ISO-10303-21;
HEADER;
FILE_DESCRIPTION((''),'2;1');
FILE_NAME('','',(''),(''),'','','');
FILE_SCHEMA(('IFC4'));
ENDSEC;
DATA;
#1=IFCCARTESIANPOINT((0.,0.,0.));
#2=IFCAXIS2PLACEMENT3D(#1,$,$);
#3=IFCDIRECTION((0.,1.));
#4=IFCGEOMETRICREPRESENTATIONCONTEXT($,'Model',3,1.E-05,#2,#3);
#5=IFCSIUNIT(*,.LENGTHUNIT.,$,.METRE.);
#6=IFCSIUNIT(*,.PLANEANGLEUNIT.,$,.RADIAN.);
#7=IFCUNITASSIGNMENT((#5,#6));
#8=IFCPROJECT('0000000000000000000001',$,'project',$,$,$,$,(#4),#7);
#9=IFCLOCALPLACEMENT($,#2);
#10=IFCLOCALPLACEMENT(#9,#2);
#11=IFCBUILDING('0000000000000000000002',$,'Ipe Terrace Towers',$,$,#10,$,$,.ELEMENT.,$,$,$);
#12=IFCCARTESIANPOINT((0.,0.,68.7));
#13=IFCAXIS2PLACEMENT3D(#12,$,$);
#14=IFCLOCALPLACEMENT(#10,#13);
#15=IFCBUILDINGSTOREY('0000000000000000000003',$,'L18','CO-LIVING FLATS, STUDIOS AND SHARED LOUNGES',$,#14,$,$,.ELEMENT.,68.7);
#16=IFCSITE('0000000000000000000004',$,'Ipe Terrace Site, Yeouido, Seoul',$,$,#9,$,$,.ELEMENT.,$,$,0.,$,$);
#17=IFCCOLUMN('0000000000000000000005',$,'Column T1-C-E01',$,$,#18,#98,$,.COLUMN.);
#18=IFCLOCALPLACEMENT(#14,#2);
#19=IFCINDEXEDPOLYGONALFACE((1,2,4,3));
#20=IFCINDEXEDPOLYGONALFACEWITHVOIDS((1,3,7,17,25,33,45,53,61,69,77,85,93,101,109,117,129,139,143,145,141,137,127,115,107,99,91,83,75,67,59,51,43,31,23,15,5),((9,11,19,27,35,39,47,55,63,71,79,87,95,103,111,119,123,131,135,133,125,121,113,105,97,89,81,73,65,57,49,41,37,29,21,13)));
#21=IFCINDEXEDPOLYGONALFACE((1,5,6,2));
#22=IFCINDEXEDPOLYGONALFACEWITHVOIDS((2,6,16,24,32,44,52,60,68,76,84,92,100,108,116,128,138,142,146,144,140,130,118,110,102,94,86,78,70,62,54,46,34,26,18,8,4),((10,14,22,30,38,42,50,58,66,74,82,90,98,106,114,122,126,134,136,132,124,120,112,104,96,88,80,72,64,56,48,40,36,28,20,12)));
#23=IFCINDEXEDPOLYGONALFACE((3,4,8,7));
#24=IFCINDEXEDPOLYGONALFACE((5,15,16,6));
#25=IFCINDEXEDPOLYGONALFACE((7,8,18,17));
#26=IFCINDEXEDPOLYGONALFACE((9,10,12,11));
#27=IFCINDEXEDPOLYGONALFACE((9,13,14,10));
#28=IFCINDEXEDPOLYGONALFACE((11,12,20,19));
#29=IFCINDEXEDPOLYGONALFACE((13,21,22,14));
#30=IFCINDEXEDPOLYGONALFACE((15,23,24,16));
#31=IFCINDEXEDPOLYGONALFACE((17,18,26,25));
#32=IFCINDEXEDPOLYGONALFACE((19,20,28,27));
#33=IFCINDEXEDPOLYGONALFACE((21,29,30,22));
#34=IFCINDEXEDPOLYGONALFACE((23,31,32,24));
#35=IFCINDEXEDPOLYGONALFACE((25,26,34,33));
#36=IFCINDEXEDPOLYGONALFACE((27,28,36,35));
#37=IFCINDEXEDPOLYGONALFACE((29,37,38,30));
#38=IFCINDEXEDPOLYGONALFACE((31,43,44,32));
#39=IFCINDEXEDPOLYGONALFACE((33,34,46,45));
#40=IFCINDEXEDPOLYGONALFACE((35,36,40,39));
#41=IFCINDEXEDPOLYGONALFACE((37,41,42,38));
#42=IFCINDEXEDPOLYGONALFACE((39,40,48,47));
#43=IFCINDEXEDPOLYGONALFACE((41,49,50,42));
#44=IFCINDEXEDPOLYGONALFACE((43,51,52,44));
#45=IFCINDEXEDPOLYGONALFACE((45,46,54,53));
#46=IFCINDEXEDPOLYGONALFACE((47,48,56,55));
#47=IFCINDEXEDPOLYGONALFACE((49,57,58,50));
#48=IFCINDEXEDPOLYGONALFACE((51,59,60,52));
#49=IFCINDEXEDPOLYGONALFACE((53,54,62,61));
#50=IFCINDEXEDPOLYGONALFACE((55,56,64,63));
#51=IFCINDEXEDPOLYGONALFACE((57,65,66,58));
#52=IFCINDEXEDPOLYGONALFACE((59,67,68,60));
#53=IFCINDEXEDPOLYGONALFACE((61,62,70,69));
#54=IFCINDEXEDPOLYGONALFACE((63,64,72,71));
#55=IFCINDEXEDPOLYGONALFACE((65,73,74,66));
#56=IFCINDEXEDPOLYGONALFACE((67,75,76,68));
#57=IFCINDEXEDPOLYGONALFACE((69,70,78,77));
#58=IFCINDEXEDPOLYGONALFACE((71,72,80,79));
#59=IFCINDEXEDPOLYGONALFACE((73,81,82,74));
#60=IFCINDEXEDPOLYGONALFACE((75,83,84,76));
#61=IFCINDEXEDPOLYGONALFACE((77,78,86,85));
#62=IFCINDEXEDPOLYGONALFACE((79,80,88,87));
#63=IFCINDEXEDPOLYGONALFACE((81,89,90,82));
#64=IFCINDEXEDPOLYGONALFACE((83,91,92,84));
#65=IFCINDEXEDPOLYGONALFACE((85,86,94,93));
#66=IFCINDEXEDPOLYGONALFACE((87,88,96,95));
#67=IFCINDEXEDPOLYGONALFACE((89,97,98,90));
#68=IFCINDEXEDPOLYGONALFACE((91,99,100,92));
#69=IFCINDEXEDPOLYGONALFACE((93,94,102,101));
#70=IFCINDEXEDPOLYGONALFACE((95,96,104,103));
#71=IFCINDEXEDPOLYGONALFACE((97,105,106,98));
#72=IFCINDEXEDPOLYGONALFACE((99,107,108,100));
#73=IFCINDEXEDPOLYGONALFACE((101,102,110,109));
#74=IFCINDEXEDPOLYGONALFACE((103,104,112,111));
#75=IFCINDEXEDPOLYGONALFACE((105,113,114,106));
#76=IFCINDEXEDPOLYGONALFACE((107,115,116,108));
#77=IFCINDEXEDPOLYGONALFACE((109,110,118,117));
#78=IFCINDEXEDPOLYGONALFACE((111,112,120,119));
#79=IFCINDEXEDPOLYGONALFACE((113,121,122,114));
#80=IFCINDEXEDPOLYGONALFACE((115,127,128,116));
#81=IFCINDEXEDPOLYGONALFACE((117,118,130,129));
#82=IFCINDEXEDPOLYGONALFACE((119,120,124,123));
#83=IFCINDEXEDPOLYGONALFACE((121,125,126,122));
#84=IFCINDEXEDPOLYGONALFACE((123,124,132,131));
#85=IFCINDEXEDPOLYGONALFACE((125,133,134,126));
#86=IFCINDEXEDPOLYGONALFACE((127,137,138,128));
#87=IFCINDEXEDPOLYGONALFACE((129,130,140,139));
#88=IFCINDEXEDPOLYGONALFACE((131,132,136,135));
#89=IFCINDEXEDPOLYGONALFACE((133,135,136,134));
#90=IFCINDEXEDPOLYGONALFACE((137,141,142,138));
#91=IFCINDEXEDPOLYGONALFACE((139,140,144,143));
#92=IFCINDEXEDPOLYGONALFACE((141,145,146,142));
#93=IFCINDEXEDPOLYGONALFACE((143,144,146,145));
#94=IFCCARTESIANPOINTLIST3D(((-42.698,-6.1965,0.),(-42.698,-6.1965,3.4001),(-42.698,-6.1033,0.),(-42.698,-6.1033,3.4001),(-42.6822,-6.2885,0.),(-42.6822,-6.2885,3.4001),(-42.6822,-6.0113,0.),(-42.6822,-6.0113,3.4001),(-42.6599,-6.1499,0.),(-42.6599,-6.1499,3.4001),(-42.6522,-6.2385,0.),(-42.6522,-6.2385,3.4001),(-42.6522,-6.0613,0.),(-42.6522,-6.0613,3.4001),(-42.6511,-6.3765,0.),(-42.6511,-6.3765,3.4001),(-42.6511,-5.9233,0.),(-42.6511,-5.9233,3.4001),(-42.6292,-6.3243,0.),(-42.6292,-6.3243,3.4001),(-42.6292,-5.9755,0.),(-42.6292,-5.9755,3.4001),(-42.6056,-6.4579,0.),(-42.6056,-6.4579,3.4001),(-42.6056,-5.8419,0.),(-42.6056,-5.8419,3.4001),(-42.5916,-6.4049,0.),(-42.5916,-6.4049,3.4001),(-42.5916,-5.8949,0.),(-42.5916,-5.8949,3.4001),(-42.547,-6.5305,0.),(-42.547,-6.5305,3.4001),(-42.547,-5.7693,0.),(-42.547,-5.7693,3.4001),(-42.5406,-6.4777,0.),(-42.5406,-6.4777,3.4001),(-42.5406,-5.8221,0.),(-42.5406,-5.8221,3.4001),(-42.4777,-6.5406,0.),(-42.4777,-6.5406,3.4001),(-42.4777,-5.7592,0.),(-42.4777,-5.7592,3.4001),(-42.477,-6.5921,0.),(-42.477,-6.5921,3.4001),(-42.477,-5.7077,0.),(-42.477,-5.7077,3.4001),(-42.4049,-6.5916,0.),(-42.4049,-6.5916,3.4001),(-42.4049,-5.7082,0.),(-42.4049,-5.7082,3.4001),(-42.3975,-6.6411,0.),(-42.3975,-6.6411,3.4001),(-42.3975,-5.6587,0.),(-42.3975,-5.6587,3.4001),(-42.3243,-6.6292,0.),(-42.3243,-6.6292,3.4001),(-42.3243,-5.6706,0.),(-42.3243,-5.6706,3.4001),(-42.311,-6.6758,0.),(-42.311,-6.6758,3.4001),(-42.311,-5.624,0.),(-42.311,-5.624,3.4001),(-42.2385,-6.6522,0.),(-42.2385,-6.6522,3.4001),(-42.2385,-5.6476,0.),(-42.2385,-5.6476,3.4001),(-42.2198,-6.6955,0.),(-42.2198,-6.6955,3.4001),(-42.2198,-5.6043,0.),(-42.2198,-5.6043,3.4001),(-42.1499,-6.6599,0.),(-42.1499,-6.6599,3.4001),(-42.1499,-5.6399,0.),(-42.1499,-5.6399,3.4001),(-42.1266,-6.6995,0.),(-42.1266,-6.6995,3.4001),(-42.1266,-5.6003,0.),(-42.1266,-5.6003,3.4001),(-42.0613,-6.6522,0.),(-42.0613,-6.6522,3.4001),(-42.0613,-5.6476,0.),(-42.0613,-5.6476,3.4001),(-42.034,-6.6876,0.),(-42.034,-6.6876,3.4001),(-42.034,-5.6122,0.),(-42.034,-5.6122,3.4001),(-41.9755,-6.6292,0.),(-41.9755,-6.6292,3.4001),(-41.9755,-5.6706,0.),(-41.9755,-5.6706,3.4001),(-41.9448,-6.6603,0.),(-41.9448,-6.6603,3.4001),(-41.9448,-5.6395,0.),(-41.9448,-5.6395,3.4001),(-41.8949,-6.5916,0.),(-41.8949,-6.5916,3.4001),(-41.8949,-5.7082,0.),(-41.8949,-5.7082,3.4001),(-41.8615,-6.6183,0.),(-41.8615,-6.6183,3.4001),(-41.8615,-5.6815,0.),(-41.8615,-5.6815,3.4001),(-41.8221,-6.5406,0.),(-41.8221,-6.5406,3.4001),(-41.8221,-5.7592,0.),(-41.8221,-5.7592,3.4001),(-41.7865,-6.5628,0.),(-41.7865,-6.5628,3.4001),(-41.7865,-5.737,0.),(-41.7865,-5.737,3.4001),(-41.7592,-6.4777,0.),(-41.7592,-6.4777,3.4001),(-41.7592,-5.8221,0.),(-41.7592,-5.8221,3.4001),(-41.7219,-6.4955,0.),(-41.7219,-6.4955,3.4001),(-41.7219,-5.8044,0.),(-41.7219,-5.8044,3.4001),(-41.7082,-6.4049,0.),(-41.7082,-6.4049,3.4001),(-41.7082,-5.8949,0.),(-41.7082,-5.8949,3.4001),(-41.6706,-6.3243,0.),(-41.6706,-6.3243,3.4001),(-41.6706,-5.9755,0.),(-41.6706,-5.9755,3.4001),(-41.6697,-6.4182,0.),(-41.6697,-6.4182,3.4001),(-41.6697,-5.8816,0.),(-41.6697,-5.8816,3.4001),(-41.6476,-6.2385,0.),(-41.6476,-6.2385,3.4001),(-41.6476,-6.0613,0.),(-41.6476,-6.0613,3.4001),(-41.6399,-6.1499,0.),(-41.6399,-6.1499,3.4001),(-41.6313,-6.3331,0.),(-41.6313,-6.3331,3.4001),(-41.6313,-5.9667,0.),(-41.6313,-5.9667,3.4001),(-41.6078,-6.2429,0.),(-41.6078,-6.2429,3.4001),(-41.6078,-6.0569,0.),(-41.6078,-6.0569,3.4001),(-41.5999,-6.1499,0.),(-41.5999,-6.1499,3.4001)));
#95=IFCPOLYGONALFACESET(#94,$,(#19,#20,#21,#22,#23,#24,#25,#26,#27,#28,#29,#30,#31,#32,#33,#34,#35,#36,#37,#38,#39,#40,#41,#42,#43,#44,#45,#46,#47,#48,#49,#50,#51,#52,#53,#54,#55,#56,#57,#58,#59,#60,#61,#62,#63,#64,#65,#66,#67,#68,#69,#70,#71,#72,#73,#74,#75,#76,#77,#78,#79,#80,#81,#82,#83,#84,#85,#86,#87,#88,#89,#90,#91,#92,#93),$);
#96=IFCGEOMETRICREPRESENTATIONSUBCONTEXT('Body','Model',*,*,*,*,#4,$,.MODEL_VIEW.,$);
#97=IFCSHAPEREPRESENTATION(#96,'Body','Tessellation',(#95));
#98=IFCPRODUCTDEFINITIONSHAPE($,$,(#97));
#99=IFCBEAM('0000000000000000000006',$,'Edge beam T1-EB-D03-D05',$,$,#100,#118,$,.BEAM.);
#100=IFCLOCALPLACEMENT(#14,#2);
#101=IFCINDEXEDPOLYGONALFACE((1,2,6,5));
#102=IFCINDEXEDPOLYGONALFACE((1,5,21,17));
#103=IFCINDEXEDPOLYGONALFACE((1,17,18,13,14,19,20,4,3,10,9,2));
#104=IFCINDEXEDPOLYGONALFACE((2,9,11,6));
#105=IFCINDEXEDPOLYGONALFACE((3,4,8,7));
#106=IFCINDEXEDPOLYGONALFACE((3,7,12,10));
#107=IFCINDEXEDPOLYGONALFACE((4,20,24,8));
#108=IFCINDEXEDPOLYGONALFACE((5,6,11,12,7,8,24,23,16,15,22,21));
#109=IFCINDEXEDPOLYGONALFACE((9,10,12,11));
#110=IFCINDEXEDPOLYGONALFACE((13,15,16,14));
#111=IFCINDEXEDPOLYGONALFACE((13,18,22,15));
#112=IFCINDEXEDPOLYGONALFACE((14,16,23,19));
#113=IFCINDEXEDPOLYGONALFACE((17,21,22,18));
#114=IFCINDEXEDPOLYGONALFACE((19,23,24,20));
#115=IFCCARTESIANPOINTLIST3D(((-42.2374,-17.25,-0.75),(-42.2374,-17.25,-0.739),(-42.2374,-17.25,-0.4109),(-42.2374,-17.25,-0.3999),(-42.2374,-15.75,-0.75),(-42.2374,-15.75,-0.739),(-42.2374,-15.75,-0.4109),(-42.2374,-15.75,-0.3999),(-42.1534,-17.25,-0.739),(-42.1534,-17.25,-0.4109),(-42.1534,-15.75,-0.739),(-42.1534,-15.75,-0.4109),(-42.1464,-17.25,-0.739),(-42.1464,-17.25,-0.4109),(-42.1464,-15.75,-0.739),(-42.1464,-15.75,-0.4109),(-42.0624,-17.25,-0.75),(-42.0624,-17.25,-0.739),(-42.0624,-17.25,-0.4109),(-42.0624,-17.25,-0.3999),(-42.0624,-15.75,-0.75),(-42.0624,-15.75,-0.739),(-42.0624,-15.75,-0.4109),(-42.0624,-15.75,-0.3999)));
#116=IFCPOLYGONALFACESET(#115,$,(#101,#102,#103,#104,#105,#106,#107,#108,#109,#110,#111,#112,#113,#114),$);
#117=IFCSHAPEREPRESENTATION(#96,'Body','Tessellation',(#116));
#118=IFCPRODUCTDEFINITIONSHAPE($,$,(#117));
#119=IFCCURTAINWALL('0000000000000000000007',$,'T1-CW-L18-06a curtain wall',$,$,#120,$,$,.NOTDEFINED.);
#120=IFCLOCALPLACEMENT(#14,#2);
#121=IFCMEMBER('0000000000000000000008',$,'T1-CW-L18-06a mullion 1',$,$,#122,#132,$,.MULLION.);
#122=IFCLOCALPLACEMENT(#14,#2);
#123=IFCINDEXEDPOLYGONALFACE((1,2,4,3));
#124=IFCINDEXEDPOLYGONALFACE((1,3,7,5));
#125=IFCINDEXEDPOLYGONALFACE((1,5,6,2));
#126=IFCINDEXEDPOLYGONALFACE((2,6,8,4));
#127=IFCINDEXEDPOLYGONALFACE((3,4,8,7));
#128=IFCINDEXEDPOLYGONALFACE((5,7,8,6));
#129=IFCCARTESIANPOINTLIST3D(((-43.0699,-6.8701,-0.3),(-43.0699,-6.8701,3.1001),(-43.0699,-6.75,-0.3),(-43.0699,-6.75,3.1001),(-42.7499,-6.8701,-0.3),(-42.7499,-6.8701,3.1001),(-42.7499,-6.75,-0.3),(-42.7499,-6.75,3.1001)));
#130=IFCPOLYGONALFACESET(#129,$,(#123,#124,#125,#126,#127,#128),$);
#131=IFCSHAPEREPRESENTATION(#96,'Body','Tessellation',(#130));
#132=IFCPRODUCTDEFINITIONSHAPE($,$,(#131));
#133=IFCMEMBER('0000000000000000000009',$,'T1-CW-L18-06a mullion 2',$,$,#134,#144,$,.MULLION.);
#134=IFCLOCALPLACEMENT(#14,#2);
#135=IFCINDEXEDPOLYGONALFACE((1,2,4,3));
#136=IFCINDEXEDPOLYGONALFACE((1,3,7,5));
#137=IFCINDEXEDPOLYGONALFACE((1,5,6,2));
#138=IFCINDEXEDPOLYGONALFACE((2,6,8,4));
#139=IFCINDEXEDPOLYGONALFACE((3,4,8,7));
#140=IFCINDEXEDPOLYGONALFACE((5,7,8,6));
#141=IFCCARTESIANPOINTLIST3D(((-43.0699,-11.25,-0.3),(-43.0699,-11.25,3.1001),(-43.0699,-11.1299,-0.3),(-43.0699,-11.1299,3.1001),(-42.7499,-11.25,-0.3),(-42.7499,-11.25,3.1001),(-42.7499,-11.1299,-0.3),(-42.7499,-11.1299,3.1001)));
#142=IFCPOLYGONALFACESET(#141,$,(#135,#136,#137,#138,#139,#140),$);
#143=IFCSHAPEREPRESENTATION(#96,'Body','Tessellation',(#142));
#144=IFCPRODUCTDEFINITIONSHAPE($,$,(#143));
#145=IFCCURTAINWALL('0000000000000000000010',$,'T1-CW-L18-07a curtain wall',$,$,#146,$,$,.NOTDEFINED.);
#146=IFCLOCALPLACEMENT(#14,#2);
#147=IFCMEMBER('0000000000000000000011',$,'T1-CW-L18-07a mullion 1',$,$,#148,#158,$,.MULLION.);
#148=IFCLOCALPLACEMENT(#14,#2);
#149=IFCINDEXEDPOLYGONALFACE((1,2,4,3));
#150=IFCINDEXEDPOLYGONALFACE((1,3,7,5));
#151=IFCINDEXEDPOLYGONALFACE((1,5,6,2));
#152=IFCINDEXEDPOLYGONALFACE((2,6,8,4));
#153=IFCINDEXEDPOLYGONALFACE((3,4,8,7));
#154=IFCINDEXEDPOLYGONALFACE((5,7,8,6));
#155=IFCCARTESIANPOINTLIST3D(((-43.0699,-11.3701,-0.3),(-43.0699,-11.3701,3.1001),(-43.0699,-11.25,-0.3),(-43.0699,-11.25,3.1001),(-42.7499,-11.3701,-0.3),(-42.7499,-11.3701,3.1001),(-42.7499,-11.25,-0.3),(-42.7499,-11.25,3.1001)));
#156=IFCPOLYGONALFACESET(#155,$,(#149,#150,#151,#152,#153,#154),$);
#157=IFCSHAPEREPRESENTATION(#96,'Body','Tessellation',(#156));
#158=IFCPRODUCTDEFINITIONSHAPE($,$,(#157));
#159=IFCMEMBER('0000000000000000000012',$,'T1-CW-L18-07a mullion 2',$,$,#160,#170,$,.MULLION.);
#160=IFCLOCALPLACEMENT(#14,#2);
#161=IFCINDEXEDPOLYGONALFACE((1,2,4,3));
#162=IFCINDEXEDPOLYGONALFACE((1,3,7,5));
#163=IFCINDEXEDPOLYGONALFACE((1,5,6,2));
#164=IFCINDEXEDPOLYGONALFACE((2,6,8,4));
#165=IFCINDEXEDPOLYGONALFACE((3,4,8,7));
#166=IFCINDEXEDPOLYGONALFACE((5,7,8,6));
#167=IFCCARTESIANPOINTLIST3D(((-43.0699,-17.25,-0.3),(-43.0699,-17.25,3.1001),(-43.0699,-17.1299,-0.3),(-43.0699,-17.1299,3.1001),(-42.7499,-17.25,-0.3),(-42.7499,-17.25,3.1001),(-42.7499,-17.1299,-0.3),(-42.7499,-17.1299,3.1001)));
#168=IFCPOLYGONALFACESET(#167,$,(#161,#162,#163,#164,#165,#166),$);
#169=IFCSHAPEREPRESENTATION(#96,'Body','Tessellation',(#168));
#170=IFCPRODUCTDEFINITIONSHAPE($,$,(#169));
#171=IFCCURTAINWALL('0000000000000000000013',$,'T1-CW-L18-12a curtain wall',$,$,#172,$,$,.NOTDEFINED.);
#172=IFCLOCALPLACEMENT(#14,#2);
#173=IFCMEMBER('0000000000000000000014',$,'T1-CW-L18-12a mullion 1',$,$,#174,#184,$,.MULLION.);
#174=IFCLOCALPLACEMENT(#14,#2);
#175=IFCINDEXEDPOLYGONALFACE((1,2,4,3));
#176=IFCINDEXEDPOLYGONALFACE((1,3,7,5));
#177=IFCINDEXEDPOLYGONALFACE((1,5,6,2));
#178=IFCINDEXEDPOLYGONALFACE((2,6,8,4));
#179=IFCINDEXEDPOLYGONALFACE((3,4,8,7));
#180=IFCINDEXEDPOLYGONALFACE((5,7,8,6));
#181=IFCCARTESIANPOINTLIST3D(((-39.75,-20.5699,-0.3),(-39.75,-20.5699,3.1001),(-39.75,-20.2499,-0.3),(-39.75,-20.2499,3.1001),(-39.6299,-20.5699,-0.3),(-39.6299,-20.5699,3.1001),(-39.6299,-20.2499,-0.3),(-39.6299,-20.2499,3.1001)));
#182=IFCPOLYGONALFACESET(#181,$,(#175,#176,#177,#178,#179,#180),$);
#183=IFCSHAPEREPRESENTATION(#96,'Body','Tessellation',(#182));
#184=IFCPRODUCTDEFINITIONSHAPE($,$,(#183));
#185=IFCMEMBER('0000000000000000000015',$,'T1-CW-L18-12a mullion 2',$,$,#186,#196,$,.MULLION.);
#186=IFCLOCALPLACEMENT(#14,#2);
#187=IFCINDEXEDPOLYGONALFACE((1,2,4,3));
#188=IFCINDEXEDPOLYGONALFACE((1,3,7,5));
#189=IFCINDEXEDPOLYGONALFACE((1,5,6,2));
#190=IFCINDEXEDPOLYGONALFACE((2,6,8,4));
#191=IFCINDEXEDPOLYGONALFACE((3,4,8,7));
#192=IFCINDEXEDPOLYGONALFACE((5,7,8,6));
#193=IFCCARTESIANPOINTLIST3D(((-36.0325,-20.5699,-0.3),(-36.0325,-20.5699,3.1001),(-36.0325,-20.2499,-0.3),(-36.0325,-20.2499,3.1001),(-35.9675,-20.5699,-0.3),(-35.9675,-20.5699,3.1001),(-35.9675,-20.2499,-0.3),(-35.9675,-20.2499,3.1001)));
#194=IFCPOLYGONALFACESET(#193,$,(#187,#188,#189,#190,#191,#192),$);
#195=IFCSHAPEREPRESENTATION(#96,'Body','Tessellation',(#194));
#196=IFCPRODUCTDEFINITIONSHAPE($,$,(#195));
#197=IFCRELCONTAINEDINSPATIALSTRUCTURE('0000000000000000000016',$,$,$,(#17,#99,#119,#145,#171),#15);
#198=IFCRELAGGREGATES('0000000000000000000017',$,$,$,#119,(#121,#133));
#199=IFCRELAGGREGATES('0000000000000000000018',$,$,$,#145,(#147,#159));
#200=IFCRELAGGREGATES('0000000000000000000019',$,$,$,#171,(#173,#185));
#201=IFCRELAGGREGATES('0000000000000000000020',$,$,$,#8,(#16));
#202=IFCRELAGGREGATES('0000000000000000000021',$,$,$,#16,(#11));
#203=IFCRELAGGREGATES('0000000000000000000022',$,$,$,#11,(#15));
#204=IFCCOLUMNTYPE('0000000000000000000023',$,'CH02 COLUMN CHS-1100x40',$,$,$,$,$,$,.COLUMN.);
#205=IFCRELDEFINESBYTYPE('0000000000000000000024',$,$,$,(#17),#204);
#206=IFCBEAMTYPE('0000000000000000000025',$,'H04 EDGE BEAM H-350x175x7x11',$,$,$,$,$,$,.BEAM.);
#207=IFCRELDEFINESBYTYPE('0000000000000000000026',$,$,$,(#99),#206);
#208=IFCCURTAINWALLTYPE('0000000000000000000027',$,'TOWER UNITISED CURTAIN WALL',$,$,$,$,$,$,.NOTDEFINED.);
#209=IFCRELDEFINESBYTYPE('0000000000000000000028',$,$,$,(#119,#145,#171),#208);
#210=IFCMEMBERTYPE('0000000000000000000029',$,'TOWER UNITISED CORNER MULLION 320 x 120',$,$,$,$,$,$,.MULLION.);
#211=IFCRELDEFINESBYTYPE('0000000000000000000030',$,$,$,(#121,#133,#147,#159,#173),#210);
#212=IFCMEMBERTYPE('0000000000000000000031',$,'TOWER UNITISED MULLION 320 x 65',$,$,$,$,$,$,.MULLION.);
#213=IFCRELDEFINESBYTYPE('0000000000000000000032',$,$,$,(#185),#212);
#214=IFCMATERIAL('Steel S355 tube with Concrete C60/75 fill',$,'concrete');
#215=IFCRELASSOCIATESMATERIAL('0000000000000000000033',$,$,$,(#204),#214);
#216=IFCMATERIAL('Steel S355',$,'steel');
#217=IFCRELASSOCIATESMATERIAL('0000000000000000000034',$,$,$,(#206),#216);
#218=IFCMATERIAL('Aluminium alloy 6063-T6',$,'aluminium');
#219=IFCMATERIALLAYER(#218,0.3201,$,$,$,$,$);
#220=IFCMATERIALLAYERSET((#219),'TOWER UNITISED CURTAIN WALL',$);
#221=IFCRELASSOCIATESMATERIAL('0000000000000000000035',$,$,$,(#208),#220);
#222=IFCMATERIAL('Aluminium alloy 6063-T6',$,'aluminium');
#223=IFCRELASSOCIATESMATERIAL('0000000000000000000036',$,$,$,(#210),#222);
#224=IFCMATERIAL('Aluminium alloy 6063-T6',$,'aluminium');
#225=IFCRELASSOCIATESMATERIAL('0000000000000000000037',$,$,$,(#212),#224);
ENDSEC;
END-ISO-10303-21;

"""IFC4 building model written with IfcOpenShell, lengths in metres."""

from ifc_helpers import new_model, si_unit, direction, frame, origin, origin_2d, place, context, subcontext, project, spatial, rectangle, hollow_circle, i_section, extrude, material, layer, layer_set, material_profile, profile_set, type_object, element, aggregate, save


model = new_model("IFC4")

# Units and contexts
model_context = context("Model", 3, precision=1e-05, world=origin(), true_north=direction((0.0, 1.0)))
body_context = subcontext(model_context, "Body", "Model", "MODEL_VIEW")
ifc_project = project(units=[si_unit("LENGTHUNIT", "METRE"), si_unit("PLANEANGLEUNIT", "RADIAN")], contexts=[model_context])

# Site, building, storey
site_placement = place(None, origin())
site = spatial("IfcSite", under=ifc_project, at=site_placement, Name="Ipe Terrace Site, Yeouido, Seoul", CompositionType="ELEMENT", RefElevation=0.0)
building_placement = place(site_placement, origin())
building = spatial("IfcBuilding", under=site, at=building_placement, Name="Ipe Terrace Towers", CompositionType="ELEMENT")
storey_placement = place(building_placement, frame((0.0, 0.0, 68.7)))
storey = spatial("IfcBuildingStorey", under=building, at=storey_placement, Name="L18", Description="CO-LIVING FLATS, STUDIOS AND SHARED LOUNGES", CompositionType="ELEMENT", Elevation=68.7)

# Column
ifc_material_1 = material(Name="Steel S355 tube with Concrete C60/75 fill", Category="concrete")
ifc_material_profile_1 = material_profile(ifc_material_1, hollow_circle(Radius=0.55, WallThickness=0.04, at=origin_2d()), Name="CHS-1100x40")
ifc_profile_set_1 = profile_set([ifc_material_profile_1], Name="Steel S355 tube with Concrete C60/75 fill")
column_type_1 = type_object("IfcColumnType", Name="CH02 COLUMN CHS-1100x40", PredefinedType="COLUMN", material=ifc_profile_set_1)
column_placement = place(storey_placement, frame((-42.1499, -6.1499, 0.0), z_axis=(0.0, 0.0, 1.0), x_axis=(1.0, 0.0, 0.0)))
element("IfcColumn", 1, at=column_placement, inside=storey, type_object=column_type_1, Name="Column T1-C-E01", PredefinedType="COLUMN", context=body_context, shape_type="SweptSolid", body=[
    extrude(hollow_circle(Radius=0.55, WallThickness=0.04, at=origin_2d()), origin(), (0.0, 0.0, 1.0), 3.4001),
])

# Beam
ifc_material_2 = material(Name="Steel S355", Category="steel")
ifc_material_profile_2 = material_profile(ifc_material_2, i_section(OverallWidth=0.175, OverallDepth=0.3501, WebThickness=0.0071, FlangeThickness=0.011, at=origin_2d()), Name="H-350x175x7x11")
ifc_profile_set_2 = profile_set([ifc_material_profile_2], Name="Steel S355")
beam_type = type_object("IfcBeamType", Name="H04 EDGE BEAM H-350x175x7x11", PredefinedType="BEAM", material=ifc_profile_set_2)
beam_placement = place(storey_placement, frame((-42.1499, -15.75, -0.575), z_axis=(0.0, -1.0, 0.0), x_axis=(1.0, 0.0, 0.0)))
element("IfcBeam", 2, at=beam_placement, inside=storey, type_object=beam_type, Name="Edge beam T1-EB-D03-D05", PredefinedType="BEAM", context=body_context, shape_type="SweptSolid", body=[
    extrude(i_section(OverallWidth=0.175, OverallDepth=0.3501, WebThickness=0.0071, FlangeThickness=0.011, at=origin_2d()), origin(), (0.0, 0.0, 1.0), 1.5),
])

# Curtain walls, members
ifc_material_3 = material(Name="Aluminium alloy 6063-T6", Category="aluminium")
ifc_layer_1 = layer(ifc_material_3, 0.3201)
ifc_layer_set_1 = layer_set([ifc_layer_1], Name="TOWER UNITISED CURTAIN WALL")
curtain_wall_type = type_object("IfcCurtainWallType", Name="TOWER UNITISED CURTAIN WALL", PredefinedType="NOTDEFINED", material=ifc_layer_set_1)
curtain_wall_1_placement = place(storey_placement, origin())
curtain_wall_1 = element("IfcCurtainWall", 3, at=curtain_wall_1_placement, inside=storey, type_object=curtain_wall_type, Name="T1-CW-L18-06a curtain wall", PredefinedType="NOTDEFINED")
ifc_material_4 = material(Name="Aluminium alloy 6063-T6", Category="aluminium")
ifc_material_profile_3 = material_profile(ifc_material_4, rectangle(XDim=0.3201, YDim=0.1201, at=origin_2d()), Name="TOWER UNITISED CORNER MULLION 320 x 120")
ifc_profile_set_3 = profile_set([ifc_material_profile_3], Name="Aluminium alloy 6063-T6")
member_type_1 = type_object("IfcMemberType", Name="TOWER UNITISED CORNER MULLION 320 x 120", PredefinedType="MULLION", material=ifc_profile_set_3)
member_1_placement = place(storey_placement, frame((-42.9099, -6.8101, -0.3), z_axis=(0.0, 0.0, 1.0), x_axis=(-1.0, 0.0, 0.0)))
member_1 = element("IfcMember", 4, at=member_1_placement, type_object=member_type_1, Name="T1-CW-L18-06a mullion 1", PredefinedType="MULLION", context=body_context, shape_type="SweptSolid", body=[
    extrude(rectangle(XDim=0.3201, YDim=0.1201, at=origin_2d()), origin(), (0.0, 0.0, 1.0), 3.4001),
])
member_2_placement = place(storey_placement, frame((-42.9099, -11.1899, -0.3), z_axis=(0.0, 0.0, 1.0), x_axis=(-1.0, 0.0, 0.0)))
member_2 = element("IfcMember", 5, at=member_2_placement, type_object=member_type_1, Name="T1-CW-L18-06a mullion 2", PredefinedType="MULLION", context=body_context, shape_type="SweptSolid", body=[
    extrude(rectangle(XDim=0.3201, YDim=0.1201, at=origin_2d()), origin(), (0.0, 0.0, 1.0), 3.4001),
])
curtain_wall_2_placement = place(storey_placement, origin())
curtain_wall_2 = element("IfcCurtainWall", 6, at=curtain_wall_2_placement, inside=storey, type_object=curtain_wall_type, Name="T1-CW-L18-07a curtain wall", PredefinedType="NOTDEFINED")
member_3_placement = place(storey_placement, frame((-42.9099, -11.3101, -0.3), z_axis=(0.0, 0.0, 1.0), x_axis=(-1.0, 0.0, 0.0)))
member_3 = element("IfcMember", 7, at=member_3_placement, type_object=member_type_1, Name="T1-CW-L18-07a mullion 1", PredefinedType="MULLION", context=body_context, shape_type="SweptSolid", body=[
    extrude(rectangle(XDim=0.3201, YDim=0.1201, at=origin_2d()), origin(), (0.0, 0.0, 1.0), 3.4001),
])
member_4_placement = place(storey_placement, frame((-42.9099, -17.1899, -0.3), z_axis=(0.0, 0.0, 1.0), x_axis=(-1.0, 0.0, 0.0)))
member_4 = element("IfcMember", 8, at=member_4_placement, type_object=member_type_1, Name="T1-CW-L18-07a mullion 2", PredefinedType="MULLION", context=body_context, shape_type="SweptSolid", body=[
    extrude(rectangle(XDim=0.3201, YDim=0.1201, at=origin_2d()), origin(), (0.0, 0.0, 1.0), 3.4001),
])
curtain_wall_3_placement = place(storey_placement, origin())
curtain_wall_3 = element("IfcCurtainWall", 9, at=curtain_wall_3_placement, inside=storey, type_object=curtain_wall_type, Name="T1-CW-L18-12a curtain wall", PredefinedType="NOTDEFINED")
member_5_placement = place(storey_placement, frame((-39.6899, -20.4099, -0.3), z_axis=(0.0, 0.0, 1.0), x_axis=(0.0, -1.0, 0.0)))
member_5 = element("IfcMember", 10, at=member_5_placement, type_object=member_type_1, Name="T1-CW-L18-12a mullion 1", PredefinedType="MULLION", context=body_context, shape_type="SweptSolid", body=[
    extrude(rectangle(XDim=0.3201, YDim=0.1201, at=origin_2d()), origin(), (0.0, 0.0, 1.0), 3.4001),
])
ifc_material_5 = material(Name="Aluminium alloy 6063-T6", Category="aluminium")
ifc_material_profile_4 = material_profile(ifc_material_5, rectangle(XDim=0.3201, YDim=0.0649, at=origin_2d()), Name="TOWER UNITISED MULLION 320 x 65")
ifc_profile_set_4 = profile_set([ifc_material_profile_4], Name="Aluminium alloy 6063-T6")
member_type_2 = type_object("IfcMemberType", Name="TOWER UNITISED MULLION 320 x 65", PredefinedType="MULLION", material=ifc_profile_set_4)
member_6_placement = place(storey_placement, frame((-36.0, -20.4099, -0.3), z_axis=(0.0, 0.0, 1.0), x_axis=(0.0, -1.0, 0.0)))
member_6 = element("IfcMember", 11, at=member_6_placement, type_object=member_type_2, Name="T1-CW-L18-12a mullion 2", PredefinedType="MULLION", context=body_context, shape_type="SweptSolid", body=[
    extrude(rectangle(XDim=0.3201, YDim=0.0649, at=origin_2d()), origin(), (0.0, 0.0, 1.0), 3.4001),
])

aggregate(curtain_wall_1, [member_1, member_2])
aggregate(curtain_wall_2, [member_3, member_4])
aggregate(curtain_wall_3, [member_5, member_6])

save(model, "model.ifc")
